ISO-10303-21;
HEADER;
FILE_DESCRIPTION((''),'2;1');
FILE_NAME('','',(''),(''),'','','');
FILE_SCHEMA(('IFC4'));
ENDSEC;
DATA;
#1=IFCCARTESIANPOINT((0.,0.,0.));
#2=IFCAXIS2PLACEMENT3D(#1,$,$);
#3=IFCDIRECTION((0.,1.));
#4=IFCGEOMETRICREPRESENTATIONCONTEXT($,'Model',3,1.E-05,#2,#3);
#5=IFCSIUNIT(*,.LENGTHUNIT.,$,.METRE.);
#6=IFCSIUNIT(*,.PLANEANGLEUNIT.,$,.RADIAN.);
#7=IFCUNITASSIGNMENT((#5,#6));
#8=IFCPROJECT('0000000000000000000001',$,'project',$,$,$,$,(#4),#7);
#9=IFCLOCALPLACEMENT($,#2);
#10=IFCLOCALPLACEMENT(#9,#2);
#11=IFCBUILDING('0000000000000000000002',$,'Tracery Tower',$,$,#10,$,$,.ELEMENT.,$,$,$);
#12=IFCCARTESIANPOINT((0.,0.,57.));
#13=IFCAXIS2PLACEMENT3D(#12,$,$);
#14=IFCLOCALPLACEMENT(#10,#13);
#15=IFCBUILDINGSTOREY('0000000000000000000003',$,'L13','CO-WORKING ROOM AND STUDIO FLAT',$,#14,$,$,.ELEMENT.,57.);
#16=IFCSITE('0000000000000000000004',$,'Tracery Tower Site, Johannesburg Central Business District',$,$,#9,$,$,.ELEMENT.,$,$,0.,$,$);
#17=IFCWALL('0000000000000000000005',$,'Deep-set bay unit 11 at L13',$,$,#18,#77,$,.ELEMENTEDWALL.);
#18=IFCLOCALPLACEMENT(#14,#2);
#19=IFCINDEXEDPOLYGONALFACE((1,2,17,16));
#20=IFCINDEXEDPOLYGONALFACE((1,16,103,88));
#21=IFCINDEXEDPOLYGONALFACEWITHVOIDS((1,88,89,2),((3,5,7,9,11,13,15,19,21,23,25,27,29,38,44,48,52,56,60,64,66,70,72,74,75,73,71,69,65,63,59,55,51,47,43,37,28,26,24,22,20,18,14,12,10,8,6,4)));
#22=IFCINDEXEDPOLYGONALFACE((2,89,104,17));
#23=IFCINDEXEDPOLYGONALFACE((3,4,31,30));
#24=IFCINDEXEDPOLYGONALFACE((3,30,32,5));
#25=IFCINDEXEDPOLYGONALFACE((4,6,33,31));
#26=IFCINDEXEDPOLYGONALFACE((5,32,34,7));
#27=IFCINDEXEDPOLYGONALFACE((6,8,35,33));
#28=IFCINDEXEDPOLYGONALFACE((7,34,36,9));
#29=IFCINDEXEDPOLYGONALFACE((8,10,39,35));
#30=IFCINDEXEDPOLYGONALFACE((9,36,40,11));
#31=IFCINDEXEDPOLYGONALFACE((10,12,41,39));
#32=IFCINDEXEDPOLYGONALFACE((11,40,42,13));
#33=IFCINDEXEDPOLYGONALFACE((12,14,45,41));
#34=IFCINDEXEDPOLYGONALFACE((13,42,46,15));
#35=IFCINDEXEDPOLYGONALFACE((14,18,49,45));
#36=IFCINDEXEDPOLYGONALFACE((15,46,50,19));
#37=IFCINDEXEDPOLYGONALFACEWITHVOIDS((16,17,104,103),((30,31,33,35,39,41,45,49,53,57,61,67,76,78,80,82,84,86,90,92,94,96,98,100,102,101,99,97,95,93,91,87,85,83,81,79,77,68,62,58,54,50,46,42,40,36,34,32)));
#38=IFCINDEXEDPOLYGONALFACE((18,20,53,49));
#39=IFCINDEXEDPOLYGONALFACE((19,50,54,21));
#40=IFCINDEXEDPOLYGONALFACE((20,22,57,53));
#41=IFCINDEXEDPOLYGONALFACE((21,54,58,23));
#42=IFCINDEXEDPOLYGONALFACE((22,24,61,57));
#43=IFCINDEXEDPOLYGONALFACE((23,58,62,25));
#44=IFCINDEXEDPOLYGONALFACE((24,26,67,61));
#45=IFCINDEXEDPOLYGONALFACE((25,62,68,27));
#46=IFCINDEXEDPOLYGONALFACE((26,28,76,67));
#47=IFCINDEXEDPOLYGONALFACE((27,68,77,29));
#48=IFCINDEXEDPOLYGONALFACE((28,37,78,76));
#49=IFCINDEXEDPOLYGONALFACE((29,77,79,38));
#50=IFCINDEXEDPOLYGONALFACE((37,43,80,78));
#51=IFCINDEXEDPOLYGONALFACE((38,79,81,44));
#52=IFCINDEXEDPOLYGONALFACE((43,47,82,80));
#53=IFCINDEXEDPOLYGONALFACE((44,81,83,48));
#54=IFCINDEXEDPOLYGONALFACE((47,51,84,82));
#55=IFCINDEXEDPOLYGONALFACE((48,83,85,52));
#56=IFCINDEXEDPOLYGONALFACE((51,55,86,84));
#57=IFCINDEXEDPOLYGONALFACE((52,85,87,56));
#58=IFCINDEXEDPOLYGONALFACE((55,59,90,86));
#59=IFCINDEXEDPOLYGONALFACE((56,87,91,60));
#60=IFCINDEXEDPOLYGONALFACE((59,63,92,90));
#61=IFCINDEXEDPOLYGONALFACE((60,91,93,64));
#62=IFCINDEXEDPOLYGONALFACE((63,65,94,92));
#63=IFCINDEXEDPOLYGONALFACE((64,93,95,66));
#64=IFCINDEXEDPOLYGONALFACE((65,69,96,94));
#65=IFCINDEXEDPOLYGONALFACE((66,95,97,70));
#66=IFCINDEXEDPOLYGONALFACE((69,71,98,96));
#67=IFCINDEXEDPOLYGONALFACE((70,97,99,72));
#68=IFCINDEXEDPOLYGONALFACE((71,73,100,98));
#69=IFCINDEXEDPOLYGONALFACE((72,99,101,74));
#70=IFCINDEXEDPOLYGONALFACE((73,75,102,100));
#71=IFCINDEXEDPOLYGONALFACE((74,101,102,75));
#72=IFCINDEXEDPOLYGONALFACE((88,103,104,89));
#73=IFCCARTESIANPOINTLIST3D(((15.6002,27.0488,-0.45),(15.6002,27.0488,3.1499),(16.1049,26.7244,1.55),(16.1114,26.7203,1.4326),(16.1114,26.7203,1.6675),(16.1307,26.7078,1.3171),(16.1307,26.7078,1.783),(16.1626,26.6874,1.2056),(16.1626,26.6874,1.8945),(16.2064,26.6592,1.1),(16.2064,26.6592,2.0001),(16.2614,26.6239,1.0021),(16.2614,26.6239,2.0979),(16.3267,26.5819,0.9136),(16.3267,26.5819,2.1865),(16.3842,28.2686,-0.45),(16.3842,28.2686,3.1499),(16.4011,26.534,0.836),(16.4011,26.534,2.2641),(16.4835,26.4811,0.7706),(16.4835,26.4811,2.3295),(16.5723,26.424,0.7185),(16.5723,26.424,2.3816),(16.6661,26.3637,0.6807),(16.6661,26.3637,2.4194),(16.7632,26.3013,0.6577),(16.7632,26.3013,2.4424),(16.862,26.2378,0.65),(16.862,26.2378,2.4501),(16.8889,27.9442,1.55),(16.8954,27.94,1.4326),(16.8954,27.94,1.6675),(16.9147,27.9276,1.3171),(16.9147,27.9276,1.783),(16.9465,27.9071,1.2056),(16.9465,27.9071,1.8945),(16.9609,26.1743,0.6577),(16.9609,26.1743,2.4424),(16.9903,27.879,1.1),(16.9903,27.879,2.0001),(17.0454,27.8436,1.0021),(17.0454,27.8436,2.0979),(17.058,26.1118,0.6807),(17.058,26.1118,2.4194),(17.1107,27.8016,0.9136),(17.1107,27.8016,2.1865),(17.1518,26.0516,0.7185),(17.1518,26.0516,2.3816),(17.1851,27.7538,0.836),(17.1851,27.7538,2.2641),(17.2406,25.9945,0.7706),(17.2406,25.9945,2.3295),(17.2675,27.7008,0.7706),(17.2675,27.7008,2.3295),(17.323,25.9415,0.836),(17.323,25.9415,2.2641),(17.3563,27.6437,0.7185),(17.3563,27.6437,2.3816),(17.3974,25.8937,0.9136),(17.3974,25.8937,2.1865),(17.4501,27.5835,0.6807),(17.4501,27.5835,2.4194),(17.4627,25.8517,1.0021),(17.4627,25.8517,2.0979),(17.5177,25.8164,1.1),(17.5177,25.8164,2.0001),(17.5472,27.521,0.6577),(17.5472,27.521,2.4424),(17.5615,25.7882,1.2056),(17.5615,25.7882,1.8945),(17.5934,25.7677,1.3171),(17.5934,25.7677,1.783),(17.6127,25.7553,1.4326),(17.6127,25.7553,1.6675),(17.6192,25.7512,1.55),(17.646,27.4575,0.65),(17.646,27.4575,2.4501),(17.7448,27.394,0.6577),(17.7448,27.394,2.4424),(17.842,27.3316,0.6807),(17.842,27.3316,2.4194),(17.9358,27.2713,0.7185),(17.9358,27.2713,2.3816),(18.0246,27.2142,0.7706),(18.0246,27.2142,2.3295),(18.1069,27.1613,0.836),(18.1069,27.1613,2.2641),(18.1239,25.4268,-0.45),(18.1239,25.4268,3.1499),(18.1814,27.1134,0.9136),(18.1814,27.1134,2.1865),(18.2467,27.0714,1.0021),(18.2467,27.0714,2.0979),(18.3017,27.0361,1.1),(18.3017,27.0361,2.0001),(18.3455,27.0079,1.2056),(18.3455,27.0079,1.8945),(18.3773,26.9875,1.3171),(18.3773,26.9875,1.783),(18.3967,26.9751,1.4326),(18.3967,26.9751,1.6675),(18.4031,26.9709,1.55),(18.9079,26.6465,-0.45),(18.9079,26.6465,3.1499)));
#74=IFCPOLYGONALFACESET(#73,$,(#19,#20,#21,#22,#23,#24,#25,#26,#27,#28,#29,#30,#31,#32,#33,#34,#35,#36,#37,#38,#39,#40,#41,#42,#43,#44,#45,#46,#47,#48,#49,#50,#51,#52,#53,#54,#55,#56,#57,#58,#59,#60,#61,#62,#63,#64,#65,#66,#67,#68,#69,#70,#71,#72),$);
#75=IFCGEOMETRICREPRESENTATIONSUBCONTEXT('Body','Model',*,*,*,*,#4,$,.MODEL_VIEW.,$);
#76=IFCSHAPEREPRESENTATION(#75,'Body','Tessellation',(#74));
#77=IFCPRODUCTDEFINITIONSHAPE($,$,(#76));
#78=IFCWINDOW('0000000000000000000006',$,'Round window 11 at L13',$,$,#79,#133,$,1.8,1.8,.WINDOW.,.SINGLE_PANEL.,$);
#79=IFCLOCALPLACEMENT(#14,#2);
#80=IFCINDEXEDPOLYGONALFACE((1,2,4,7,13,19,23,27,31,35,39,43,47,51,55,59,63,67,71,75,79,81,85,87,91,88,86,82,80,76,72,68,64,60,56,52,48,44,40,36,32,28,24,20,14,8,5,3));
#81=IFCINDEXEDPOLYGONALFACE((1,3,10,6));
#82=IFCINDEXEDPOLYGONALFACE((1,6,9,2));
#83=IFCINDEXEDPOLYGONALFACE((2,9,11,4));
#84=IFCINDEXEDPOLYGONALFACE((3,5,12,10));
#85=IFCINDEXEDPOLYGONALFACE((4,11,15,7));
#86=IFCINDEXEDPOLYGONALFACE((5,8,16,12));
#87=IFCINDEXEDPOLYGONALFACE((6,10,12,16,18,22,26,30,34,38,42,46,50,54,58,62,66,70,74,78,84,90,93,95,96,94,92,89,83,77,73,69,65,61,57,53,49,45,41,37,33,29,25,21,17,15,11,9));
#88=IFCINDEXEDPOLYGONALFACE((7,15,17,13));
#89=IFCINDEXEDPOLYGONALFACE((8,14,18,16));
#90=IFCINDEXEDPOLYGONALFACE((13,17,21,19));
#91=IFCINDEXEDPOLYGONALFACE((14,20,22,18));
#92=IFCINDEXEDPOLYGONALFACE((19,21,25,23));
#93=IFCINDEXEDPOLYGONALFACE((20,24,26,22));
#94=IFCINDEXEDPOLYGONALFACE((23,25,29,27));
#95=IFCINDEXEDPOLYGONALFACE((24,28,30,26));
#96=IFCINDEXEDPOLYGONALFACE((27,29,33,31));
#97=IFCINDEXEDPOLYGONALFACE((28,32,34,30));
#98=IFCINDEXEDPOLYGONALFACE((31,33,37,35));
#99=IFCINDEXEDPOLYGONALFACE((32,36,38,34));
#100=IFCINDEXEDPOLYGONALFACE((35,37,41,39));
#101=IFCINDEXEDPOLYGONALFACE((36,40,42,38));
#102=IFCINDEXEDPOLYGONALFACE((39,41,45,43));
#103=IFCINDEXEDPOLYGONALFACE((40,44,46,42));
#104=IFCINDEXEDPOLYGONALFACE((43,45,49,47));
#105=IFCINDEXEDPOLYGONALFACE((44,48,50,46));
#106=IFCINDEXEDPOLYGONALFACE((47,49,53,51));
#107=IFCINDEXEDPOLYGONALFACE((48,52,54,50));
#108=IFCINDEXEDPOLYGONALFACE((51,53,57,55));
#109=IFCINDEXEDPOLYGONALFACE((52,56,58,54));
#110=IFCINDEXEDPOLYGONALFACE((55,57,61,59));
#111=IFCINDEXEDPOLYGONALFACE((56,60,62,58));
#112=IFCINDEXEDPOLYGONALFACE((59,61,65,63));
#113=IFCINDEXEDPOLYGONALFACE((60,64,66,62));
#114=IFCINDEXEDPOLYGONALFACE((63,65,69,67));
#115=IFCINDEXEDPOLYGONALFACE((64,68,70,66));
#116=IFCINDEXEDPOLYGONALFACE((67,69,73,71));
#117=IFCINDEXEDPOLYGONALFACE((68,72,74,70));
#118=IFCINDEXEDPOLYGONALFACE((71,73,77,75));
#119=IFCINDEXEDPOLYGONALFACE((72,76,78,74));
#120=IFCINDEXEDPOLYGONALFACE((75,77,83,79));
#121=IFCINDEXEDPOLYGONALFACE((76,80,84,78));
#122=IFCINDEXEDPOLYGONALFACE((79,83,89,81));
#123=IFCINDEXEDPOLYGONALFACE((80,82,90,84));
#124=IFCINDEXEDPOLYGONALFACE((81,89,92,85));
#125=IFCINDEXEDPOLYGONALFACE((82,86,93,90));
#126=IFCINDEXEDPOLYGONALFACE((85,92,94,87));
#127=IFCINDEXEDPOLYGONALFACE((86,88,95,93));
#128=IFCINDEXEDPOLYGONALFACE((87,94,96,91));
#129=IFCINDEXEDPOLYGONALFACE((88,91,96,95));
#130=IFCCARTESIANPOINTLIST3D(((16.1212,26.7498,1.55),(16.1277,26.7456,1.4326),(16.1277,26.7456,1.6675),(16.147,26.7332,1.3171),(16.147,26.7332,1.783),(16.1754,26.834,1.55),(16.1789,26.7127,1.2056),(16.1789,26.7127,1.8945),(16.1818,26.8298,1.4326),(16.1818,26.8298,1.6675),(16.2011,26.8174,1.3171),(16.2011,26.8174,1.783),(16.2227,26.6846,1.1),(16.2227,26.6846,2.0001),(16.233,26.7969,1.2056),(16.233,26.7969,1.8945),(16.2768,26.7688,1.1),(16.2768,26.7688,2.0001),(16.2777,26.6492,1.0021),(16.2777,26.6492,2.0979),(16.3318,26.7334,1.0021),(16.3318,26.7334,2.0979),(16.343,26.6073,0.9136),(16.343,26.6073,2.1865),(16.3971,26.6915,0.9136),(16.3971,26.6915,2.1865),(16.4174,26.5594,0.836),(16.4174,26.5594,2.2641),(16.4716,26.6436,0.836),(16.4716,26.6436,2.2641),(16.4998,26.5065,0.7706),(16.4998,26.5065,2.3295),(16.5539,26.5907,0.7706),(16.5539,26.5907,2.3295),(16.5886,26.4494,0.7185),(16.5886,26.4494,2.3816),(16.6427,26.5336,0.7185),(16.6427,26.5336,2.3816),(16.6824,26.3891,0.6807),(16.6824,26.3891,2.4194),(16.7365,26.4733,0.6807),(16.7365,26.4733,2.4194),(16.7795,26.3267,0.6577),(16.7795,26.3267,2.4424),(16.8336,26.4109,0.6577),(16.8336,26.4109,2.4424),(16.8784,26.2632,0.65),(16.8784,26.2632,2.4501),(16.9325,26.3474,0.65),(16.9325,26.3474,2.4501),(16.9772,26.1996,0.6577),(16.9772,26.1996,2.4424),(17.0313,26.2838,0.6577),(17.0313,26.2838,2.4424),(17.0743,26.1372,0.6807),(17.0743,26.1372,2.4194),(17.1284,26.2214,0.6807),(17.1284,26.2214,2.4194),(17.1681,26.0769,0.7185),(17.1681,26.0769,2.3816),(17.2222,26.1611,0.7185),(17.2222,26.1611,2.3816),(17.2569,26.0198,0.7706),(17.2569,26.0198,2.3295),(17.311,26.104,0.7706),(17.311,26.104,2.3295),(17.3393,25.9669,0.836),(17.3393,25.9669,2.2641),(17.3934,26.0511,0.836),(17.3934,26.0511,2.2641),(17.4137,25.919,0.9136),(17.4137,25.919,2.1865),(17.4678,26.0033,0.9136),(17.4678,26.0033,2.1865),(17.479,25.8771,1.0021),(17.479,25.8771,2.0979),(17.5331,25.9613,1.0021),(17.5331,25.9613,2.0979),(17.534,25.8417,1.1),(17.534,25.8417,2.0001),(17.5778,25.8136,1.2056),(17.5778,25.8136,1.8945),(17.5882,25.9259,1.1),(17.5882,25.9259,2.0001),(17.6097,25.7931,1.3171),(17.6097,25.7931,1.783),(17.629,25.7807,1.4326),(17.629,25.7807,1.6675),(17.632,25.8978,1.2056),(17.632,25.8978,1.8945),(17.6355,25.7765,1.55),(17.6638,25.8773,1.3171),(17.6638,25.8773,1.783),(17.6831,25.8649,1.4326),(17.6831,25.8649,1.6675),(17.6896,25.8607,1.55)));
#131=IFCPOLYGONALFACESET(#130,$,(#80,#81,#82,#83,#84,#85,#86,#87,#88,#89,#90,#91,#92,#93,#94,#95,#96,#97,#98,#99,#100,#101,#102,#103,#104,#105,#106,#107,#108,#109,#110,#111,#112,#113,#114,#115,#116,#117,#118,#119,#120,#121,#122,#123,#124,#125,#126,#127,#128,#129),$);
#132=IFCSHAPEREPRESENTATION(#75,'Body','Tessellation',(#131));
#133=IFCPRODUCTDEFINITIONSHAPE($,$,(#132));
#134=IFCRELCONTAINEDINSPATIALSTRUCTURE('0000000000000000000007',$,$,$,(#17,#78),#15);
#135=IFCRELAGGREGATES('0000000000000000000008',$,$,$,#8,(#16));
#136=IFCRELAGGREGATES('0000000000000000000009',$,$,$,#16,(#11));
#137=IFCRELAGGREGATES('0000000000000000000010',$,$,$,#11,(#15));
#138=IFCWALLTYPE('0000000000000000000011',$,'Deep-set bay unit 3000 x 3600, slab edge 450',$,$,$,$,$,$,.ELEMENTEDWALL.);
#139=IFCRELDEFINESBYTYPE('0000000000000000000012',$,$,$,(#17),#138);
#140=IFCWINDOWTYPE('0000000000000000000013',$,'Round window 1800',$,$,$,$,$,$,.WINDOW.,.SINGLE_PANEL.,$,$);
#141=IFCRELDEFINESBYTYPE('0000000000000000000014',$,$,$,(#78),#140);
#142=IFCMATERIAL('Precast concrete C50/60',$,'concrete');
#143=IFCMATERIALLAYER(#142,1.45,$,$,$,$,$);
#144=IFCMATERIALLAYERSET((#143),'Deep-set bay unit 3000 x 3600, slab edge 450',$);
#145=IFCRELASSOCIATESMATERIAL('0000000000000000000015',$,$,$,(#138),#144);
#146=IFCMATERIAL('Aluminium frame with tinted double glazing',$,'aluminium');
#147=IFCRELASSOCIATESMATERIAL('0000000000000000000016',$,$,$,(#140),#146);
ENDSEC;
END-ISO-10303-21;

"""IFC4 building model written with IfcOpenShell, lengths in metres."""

from ifc_helpers import new_model, si_unit, direction, frame, frame_2d, origin, origin_2d, place, context, subcontext, project, spatial, rectangle, circle, extrude, material, layer, layer_set, type_object, element, fill, save


model = new_model("IFC4")

# Units and contexts
model_context = context("Model", 3, precision=1e-05, world=origin(), true_north=direction((0.0, 1.0)))
body_context = subcontext(model_context, "Body", "Model", "MODEL_VIEW")
ifc_project = project(units=[si_unit("LENGTHUNIT", "METRE"), si_unit("PLANEANGLEUNIT", "RADIAN")], contexts=[model_context])

# Site, building, storey
site_placement = place(None, origin())
site = spatial("IfcSite", under=ifc_project, at=site_placement, Name="Tracery Tower Site, Johannesburg Central Business District", CompositionType="ELEMENT", RefElevation=0.0)
building_placement = place(site_placement, origin())
building = spatial("IfcBuilding", under=site, at=building_placement, Name="Tracery Tower", CompositionType="ELEMENT")
storey_placement = place(building_placement, frame((0.0, 0.0, 57.0)))
storey = spatial("IfcBuildingStorey", under=building, at=storey_placement, Name="L13", Description="CO-WORKING ROOM AND STUDIO FLAT", CompositionType="ELEMENT", Elevation=57.0)

# Wall, opening, window
ifc_material_1 = material(Name="Precast concrete C50/60", Category="concrete")
ifc_layer_1 = layer(ifc_material_1, 1.45)
ifc_layer_set_1 = layer_set([ifc_layer_1], Name="Deep-set bay unit 3000 x 3600, slab edge 450")
wall_type_1 = type_object("IfcWallType", Name="Deep-set bay unit 3000 x 3600, slab edge 450", PredefinedType="ELEMENTEDWALL", material=ifc_layer_set_1)
ifc_material_2 = material(Name="Aluminium frame with tinted double glazing", Category="aluminium")
window_type = type_object("IfcWindowType", Name="Round window 1800", PartitioningType="SINGLE_PANEL", PredefinedType="WINDOW", material=ifc_material_2)
wall_1_placement = place(storey_placement, frame((18.5159, 26.0366, -0.45), z_axis=(0.0, 0.0, 1.0), x_axis=(-0.841223, 0.540688, 0.0)))
wall_1 = element("IfcWall", 1, at=wall_1_placement, inside=storey, type_object=wall_type_1, Name="Deep-set bay unit 11 at L13", PredefinedType="ELEMENTEDWALL", context=body_context, shape_type="SweptSolid", body=[
    extrude(rectangle(XDim=3.0, YDim=1.45, at=frame_2d((1.5, 0.0))), origin(), (0.0, 0.0, 1.0), 3.5999),
])
opening_1_placement = place(wall_1_placement, frame((1.5, 0.0, 2.0)))
opening_1 = element("IfcOpeningElement", 2, at=opening_1_placement, cuts=wall_1, PredefinedType="OPENING", context=body_context, shape_type="SweptSolid", body=[
    extrude(circle(Radius=0.9, at=origin_2d()), frame((0.0, 0.7349, 0.0), z_axis=(0.0, -1.0, 0.0), x_axis=(1.0, 0.0, 0.0)), (0.0, 0.0, 1.0), 1.47),
])
window_1_placement = place(opening_1_placement, origin())
window_1 = element("IfcWindow", 3, at=window_1_placement, inside=storey, type_object=window_type, Name="Round window 11 at L13", OverallHeight=1.8, OverallWidth=1.8, PartitioningType="SINGLE_PANEL", PredefinedType="WINDOW", context=body_context, shape_type="SweptSolid", body=[
    extrude(circle(Radius=0.9, at=origin_2d()), frame((0.0, 0.6948, 0.0), z_axis=(0.0, -1.0, 0.0), x_axis=(1.0, 0.0, 0.0)), (0.0, 0.0, 1.0), 0.1001),
])
fill(opening_1, window_1)

save(model, "model.ifc")
